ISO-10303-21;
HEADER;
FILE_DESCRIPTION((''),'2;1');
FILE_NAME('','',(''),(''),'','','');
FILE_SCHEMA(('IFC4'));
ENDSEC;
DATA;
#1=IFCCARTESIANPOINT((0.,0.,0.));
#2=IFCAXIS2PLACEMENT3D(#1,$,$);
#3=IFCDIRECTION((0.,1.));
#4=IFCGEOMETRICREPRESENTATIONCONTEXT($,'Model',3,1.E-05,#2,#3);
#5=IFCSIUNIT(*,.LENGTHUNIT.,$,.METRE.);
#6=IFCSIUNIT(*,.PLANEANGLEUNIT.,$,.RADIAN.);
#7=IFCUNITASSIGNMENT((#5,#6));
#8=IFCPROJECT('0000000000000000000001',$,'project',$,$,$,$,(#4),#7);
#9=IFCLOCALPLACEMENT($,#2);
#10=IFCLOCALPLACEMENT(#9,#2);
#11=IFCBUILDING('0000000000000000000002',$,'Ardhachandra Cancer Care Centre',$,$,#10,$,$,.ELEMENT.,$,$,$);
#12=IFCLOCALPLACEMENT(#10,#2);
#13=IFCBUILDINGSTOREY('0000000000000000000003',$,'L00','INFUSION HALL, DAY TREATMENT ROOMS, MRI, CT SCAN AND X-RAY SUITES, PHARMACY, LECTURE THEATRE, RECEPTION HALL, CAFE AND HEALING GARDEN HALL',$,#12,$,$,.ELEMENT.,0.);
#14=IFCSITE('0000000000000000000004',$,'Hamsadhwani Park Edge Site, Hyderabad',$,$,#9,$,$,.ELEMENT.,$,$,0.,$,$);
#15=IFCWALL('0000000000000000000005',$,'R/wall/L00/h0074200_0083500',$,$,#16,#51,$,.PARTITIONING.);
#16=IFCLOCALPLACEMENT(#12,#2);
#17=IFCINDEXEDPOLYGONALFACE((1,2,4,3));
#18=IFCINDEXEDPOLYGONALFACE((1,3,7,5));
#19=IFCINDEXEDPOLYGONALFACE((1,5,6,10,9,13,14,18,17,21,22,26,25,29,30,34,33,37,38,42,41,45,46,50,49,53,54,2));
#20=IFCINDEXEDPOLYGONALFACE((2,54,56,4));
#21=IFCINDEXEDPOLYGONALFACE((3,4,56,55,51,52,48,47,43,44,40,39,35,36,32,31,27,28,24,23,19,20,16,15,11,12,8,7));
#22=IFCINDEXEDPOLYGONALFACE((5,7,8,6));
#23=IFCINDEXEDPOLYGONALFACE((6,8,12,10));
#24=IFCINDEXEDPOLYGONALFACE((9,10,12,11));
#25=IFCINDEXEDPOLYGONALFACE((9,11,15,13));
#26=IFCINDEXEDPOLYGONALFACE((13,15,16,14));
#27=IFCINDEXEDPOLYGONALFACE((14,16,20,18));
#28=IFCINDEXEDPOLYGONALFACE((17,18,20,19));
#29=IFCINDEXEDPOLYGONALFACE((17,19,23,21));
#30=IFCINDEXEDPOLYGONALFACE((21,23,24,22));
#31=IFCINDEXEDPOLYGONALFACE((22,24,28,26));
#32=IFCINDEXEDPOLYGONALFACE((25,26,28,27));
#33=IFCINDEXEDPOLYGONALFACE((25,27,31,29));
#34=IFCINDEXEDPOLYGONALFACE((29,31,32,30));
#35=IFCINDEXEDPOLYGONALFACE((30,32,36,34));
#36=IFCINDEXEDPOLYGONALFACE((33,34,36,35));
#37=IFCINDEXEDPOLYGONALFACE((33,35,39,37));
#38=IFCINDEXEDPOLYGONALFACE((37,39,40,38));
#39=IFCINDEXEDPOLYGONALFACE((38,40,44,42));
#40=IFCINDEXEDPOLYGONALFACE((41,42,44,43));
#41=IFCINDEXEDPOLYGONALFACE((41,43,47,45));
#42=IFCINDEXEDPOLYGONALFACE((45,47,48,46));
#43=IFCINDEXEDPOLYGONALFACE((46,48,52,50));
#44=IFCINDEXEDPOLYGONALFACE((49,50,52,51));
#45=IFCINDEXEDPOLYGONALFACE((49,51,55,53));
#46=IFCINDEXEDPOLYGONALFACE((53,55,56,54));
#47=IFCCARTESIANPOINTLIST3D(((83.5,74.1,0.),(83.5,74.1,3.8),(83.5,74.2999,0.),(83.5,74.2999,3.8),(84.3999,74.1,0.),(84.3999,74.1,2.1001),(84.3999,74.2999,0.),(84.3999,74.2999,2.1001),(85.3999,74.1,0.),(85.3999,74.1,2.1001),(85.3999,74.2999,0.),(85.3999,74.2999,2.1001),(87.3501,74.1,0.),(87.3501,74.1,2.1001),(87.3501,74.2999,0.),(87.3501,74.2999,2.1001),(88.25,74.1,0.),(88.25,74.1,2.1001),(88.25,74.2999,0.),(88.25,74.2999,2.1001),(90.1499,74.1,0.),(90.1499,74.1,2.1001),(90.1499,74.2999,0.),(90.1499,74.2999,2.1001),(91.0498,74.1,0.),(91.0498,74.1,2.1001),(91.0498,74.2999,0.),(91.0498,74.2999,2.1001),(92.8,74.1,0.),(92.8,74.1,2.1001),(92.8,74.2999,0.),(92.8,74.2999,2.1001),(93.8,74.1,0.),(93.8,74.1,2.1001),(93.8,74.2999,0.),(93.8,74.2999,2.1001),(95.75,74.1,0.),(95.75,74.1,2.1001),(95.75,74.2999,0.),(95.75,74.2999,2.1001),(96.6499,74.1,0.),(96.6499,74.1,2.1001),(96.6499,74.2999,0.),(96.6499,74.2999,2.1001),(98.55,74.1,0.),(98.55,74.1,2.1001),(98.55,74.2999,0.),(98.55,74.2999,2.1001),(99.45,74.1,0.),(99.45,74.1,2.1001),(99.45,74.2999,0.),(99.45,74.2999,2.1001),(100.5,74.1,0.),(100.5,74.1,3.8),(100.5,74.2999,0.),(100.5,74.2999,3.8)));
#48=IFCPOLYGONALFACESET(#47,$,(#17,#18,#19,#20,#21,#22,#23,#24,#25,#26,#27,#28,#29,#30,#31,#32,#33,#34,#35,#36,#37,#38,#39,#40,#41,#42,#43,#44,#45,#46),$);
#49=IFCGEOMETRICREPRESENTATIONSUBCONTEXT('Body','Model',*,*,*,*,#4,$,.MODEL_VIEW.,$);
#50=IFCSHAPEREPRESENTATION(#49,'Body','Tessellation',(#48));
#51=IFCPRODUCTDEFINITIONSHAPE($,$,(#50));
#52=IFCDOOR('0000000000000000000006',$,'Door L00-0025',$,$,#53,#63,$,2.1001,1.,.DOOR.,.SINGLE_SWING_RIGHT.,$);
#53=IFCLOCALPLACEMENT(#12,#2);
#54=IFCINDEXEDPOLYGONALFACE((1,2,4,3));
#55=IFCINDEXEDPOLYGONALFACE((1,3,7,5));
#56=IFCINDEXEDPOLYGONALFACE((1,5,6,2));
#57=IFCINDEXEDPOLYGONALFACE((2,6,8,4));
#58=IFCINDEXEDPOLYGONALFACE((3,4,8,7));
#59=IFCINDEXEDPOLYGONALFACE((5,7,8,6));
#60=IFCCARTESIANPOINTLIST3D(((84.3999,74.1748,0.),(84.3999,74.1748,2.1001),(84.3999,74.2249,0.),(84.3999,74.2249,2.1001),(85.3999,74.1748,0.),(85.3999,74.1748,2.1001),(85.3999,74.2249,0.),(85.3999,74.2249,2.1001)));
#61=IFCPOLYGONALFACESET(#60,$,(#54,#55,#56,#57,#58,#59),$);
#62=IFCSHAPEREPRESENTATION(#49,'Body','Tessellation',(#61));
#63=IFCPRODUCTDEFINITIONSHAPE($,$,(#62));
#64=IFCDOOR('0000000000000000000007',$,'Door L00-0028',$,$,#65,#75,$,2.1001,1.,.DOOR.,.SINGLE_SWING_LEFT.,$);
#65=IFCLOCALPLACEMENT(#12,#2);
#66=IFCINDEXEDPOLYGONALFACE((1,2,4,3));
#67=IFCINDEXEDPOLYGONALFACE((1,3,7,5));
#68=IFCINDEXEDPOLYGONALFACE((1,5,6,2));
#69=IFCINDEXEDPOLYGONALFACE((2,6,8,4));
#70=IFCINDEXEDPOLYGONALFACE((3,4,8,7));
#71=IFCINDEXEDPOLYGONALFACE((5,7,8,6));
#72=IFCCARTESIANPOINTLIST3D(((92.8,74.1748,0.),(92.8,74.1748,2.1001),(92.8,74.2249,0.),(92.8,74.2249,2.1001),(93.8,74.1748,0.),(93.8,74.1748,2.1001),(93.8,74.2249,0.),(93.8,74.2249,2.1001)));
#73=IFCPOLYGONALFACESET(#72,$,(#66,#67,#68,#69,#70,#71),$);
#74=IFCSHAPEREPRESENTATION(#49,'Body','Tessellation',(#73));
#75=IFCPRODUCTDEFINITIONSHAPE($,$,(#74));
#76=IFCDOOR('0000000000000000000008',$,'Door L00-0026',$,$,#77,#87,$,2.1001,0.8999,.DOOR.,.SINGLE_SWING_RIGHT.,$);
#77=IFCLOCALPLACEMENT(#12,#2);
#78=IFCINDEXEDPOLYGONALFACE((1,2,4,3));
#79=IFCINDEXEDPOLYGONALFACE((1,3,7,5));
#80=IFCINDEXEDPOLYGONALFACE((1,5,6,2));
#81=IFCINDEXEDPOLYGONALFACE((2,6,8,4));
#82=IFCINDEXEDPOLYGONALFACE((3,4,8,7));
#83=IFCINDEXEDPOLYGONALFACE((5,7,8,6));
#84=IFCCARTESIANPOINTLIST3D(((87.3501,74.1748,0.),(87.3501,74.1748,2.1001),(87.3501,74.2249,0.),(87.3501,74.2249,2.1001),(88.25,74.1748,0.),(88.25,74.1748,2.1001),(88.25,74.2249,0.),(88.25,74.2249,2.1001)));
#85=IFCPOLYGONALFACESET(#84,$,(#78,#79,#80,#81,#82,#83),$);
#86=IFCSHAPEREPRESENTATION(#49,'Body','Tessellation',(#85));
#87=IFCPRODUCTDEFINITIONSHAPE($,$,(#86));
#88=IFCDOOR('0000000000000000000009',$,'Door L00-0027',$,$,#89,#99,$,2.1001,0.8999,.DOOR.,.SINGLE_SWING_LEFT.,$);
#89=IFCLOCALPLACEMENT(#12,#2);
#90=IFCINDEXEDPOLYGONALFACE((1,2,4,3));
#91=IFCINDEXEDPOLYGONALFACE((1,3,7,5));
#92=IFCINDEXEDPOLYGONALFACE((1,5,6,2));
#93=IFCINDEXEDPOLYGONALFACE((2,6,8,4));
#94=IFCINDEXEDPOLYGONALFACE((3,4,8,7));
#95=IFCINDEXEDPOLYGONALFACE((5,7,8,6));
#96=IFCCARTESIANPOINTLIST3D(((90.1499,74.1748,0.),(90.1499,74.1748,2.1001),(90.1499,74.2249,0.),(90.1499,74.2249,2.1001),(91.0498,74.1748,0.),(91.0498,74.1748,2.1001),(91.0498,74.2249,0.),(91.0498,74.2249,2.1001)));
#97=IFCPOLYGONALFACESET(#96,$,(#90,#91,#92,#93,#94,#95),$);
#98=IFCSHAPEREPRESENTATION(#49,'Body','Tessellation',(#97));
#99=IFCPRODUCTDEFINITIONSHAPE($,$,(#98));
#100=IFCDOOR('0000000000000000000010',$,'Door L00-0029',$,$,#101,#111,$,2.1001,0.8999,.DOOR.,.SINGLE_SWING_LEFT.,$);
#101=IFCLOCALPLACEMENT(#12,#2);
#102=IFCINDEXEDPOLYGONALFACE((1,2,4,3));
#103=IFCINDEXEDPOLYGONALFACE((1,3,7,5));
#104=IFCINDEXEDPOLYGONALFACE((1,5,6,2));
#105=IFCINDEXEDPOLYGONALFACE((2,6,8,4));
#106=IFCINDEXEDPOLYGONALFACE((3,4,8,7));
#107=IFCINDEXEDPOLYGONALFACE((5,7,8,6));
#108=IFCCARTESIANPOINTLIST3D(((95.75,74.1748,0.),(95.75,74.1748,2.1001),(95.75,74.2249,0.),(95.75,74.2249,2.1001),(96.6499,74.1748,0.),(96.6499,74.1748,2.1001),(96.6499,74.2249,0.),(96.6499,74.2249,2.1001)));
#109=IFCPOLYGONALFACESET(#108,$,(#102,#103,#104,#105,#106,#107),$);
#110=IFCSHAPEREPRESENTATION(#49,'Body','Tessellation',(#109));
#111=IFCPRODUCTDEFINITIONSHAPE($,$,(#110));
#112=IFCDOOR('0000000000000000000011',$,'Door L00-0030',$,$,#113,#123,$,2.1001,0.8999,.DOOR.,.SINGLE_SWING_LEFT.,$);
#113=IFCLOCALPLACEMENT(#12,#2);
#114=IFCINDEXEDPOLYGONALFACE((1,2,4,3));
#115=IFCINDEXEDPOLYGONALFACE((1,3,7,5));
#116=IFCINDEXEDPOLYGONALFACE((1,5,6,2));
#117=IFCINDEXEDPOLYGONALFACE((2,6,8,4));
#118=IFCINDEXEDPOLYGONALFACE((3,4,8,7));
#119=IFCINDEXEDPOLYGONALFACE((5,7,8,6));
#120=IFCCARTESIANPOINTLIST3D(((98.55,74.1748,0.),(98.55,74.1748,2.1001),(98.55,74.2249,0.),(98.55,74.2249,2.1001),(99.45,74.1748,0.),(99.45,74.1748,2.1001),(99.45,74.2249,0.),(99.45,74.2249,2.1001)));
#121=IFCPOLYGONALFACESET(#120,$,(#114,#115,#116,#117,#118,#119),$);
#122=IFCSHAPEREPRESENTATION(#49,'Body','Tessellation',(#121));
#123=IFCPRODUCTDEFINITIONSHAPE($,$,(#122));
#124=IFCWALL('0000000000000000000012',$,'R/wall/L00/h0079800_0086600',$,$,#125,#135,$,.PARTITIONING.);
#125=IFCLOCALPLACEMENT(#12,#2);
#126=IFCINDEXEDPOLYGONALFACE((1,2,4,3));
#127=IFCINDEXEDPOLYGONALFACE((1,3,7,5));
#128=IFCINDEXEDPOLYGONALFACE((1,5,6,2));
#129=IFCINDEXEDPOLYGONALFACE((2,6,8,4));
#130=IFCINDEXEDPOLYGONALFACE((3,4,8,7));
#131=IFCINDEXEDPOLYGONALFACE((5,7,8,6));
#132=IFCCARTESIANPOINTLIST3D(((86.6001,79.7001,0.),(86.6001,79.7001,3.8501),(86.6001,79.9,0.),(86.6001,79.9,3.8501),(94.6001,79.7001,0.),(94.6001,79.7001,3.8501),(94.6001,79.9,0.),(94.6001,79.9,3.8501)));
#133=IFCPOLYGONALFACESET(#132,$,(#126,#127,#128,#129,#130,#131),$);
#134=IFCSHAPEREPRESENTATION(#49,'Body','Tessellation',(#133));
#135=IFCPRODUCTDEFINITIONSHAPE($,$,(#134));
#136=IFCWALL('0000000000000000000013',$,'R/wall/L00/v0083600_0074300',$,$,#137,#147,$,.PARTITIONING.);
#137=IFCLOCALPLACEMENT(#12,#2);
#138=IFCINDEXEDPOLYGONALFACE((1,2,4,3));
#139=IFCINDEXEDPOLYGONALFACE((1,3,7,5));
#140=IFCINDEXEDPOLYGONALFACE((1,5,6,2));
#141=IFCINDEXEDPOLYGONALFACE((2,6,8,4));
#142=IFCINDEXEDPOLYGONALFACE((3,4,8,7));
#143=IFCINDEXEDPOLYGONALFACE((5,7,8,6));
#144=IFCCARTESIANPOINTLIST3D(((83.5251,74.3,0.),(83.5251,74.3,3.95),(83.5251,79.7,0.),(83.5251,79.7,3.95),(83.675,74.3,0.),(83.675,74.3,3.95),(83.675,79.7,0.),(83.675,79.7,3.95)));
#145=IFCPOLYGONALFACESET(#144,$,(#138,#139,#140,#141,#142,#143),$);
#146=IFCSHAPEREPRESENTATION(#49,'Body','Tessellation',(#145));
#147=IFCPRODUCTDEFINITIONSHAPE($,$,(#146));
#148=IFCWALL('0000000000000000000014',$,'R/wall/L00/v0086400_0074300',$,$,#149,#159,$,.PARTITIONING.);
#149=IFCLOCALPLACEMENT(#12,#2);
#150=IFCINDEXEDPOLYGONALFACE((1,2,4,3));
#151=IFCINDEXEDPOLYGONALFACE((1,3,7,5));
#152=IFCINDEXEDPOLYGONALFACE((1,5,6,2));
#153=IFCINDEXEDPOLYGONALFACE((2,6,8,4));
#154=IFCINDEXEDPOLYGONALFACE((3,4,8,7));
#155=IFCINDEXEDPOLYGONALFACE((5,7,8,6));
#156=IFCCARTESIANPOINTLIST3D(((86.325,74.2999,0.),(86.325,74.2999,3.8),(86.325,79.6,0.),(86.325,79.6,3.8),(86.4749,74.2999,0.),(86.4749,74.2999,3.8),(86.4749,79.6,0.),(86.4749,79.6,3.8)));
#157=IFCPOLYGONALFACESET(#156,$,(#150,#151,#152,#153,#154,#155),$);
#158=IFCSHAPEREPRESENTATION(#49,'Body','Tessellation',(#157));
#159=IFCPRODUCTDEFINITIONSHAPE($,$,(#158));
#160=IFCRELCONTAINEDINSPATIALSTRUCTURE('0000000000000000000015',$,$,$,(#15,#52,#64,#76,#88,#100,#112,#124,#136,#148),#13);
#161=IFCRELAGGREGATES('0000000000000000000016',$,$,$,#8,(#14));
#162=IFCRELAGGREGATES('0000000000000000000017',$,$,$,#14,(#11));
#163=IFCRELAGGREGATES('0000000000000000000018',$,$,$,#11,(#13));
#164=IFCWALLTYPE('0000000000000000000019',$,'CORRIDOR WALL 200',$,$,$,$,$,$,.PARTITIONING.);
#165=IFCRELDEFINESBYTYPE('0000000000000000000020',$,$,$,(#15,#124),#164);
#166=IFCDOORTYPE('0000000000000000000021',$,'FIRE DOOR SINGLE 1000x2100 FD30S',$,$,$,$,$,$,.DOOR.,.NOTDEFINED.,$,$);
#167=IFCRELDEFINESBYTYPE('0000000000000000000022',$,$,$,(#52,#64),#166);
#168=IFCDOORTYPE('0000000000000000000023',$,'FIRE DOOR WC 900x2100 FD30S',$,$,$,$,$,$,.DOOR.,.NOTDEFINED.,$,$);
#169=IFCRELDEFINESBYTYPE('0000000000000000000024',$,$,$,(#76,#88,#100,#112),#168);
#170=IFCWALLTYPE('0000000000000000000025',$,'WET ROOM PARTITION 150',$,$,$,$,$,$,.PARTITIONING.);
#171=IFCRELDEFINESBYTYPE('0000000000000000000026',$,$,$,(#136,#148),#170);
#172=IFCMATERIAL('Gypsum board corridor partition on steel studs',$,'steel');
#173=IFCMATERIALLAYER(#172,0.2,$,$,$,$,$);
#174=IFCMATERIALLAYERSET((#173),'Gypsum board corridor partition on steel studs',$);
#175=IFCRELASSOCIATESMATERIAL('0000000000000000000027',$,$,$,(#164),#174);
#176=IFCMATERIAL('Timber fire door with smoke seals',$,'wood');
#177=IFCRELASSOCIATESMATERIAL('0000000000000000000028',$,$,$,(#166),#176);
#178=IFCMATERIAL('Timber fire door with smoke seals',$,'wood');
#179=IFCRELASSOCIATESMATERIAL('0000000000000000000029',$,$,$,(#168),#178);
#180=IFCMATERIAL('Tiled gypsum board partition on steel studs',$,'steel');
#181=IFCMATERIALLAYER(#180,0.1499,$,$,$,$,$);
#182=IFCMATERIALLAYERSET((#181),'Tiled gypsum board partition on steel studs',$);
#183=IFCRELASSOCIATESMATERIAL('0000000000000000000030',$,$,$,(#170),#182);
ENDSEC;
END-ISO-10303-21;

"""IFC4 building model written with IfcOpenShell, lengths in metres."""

from ifc_helpers import new_model, si_unit, direction, frame, frame_2d, origin, place, context, subcontext, project, spatial, rectangle, extrude, material, layer, layer_set, type_object, element, fill, save


model = new_model("IFC4")

# Units and contexts
model_context = context("Model", 3, precision=1e-05, world=origin(), true_north=direction((0.0, 1.0)))
body_context = subcontext(model_context, "Body", "Model", "MODEL_VIEW")
ifc_project = project(units=[si_unit("LENGTHUNIT", "METRE"), si_unit("PLANEANGLEUNIT", "RADIAN")], contexts=[model_context])

# Site, building, storey
site_placement = place(None, origin())
site = spatial("IfcSite", under=ifc_project, at=site_placement, Name="Hamsadhwani Park Edge Site, Hyderabad", CompositionType="ELEMENT", RefElevation=0.0)
building_placement = place(site_placement, origin())
building = spatial("IfcBuilding", under=site, at=building_placement, Name="Ardhachandra Cancer Care Centre", CompositionType="ELEMENT")
storey_placement = place(building_placement, origin())
storey = spatial("IfcBuildingStorey", under=building, at=storey_placement, Name="L00", Description="INFUSION HALL, DAY TREATMENT ROOMS, MRI, CT SCAN AND X-RAY SUITES, PHARMACY, LECTURE THEATRE, RECEPTION HALL, CAFE AND HEALING GARDEN HALL", CompositionType="ELEMENT", Elevation=0.0)

# Wall, openings, doors
ifc_material_1 = material(Name="Gypsum board corridor partition on steel studs", Category="steel")
ifc_layer_1 = layer(ifc_material_1, 0.2)
ifc_layer_set_1 = layer_set([ifc_layer_1], Name="Gypsum board corridor partition on steel studs")
wall_type_1 = type_object("IfcWallType", Name="CORRIDOR WALL 200", PredefinedType="PARTITIONING", material=ifc_layer_set_1)
wall_1_placement = place(storey_placement, frame((83.5, 74.2, 0.0), z_axis=(0.0, 0.0, 1.0), x_axis=(1.0, 0.0, 0.0)))
wall_1 = element("IfcWall", 1, at=wall_1_placement, inside=storey, type_object=wall_type_1, Name="R/wall/L00/h0074200_0083500", PredefinedType="PARTITIONING", context=body_context, shape_type="SweptSolid", body=[
    extrude(rectangle(XDim=17.0, YDim=0.2, at=frame_2d((8.5, 0.0))), origin(), (0.0, 0.0, 1.0), 3.8),
])
opening_1_placement = place(wall_1_placement, frame((0.8999, 0.0, 0.0)))
opening_1 = element("IfcOpeningElement", 2, at=opening_1_placement, cuts=wall_1, PredefinedType="OPENING", context=body_context, shape_type="SweptSolid", body=[
    extrude(rectangle(XDim=1.0, YDim=2.1001, at=frame_2d((0.5, 1.05))), frame((0.0, 0.1099, 0.0), z_axis=(0.0, -1.0, 0.0), x_axis=(1.0, 0.0, 0.0)), (0.0, 0.0, 1.0), 0.22),
])
opening_2_placement = place(wall_1_placement, frame((3.8501, 0.0, 0.0)))
opening_2 = element("IfcOpeningElement", 3, at=opening_2_placement, cuts=wall_1, PredefinedType="OPENING", context=body_context, shape_type="SweptSolid", body=[
    extrude(rectangle(XDim=0.8999, YDim=2.1001, at=frame_2d((0.45, 1.05))), frame((0.0, 0.1099, 0.0), z_axis=(0.0, -1.0, 0.0), x_axis=(1.0, 0.0, 0.0)), (0.0, 0.0, 1.0), 0.22),
])
opening_3_placement = place(wall_1_placement, frame((6.6499, 0.0, 0.0)))
opening_3 = element("IfcOpeningElement", 4, at=opening_3_placement, cuts=wall_1, PredefinedType="OPENING", context=body_context, shape_type="SweptSolid", body=[
    extrude(rectangle(XDim=0.8999, YDim=2.1001, at=frame_2d((0.45, 1.05))), frame((0.0, 0.1099, 0.0), z_axis=(0.0, -1.0, 0.0), x_axis=(1.0, 0.0, 0.0)), (0.0, 0.0, 1.0), 0.22),
])
opening_4_placement = place(wall_1_placement, frame((9.3, 0.0, 0.0)))
opening_4 = element("IfcOpeningElement", 5, at=opening_4_placement, cuts=wall_1, PredefinedType="OPENING", context=body_context, shape_type="SweptSolid", body=[
    extrude(rectangle(XDim=1.0, YDim=2.1001, at=frame_2d((0.5, 1.05))), frame((0.0, 0.1099, 0.0), z_axis=(0.0, -1.0, 0.0), x_axis=(1.0, 0.0, 0.0)), (0.0, 0.0, 1.0), 0.22),
])
opening_5_placement = place(wall_1_placement, frame((12.25, 0.0, 0.0)))
opening_5 = element("IfcOpeningElement", 6, at=opening_5_placement, cuts=wall_1, PredefinedType="OPENING", context=body_context, shape_type="SweptSolid", body=[
    extrude(rectangle(XDim=0.8999, YDim=2.1001, at=frame_2d((0.45, 1.05))), frame((0.0, 0.1099, 0.0), z_axis=(0.0, -1.0, 0.0), x_axis=(1.0, 0.0, 0.0)), (0.0, 0.0, 1.0), 0.22),
])
opening_6_placement = place(wall_1_placement, frame((15.05, 0.0, 0.0)))
opening_6 = element("IfcOpeningElement", 7, at=opening_6_placement, cuts=wall_1, PredefinedType="OPENING", context=body_context, shape_type="SweptSolid", body=[
    extrude(rectangle(XDim=0.8999, YDim=2.1001, at=frame_2d((0.45, 1.05))), frame((0.0, 0.1099, 0.0), z_axis=(0.0, -1.0, 0.0), x_axis=(1.0, 0.0, 0.0)), (0.0, 0.0, 1.0), 0.22),
])
ifc_material_2 = material(Name="Timber fire door with smoke seals", Category="wood")
door_type_1 = type_object("IfcDoorType", Name="FIRE DOOR SINGLE 1000x2100 FD30S", OperationType="NOTDEFINED", PredefinedType="DOOR", material=ifc_material_2)
door_1_placement = place(opening_1_placement, origin())
door_1 = element("IfcDoor", 8, at=door_1_placement, inside=storey, type_object=door_type_1, Name="Door L00-0025", OperationType="SINGLE_SWING_RIGHT", OverallHeight=2.1001, OverallWidth=1.0, PredefinedType="DOOR", context=body_context, shape_type="SweptSolid", body=[
    extrude(rectangle(XDim=1.0, YDim=2.1001, at=frame_2d((0.5, 1.05))), frame((0.0, 0.0249, 0.0), z_axis=(0.0, -1.0, 0.0), x_axis=(1.0, 0.0, 0.0)), (0.0, 0.0, 1.0), 0.05),
])
fill(opening_1, door_1)
door_2_placement = place(opening_4_placement, origin())
door_2 = element("IfcDoor", 9, at=door_2_placement, inside=storey, type_object=door_type_1, Name="Door L00-0028", OperationType="SINGLE_SWING_LEFT", OverallHeight=2.1001, OverallWidth=1.0, PredefinedType="DOOR", context=body_context, shape_type="SweptSolid", body=[
    extrude(rectangle(XDim=1.0, YDim=2.1001, at=frame_2d((0.5, 1.05))), frame((0.0, 0.0249, 0.0), z_axis=(0.0, -1.0, 0.0), x_axis=(1.0, 0.0, 0.0)), (0.0, 0.0, 1.0), 0.05),
])
fill(opening_4, door_2)
ifc_material_3 = material(Name="Timber fire door with smoke seals", Category="wood")
door_type_2 = type_object("IfcDoorType", Name="FIRE DOOR WC 900x2100 FD30S", OperationType="NOTDEFINED", PredefinedType="DOOR", material=ifc_material_3)
door_3_placement = place(opening_2_placement, origin())
door_3 = element("IfcDoor", 10, at=door_3_placement, inside=storey, type_object=door_type_2, Name="Door L00-0026", OperationType="SINGLE_SWING_RIGHT", OverallHeight=2.1001, OverallWidth=0.8999, PredefinedType="DOOR", context=body_context, shape_type="SweptSolid", body=[
    extrude(rectangle(XDim=0.8999, YDim=2.1001, at=frame_2d((0.45, 1.05))), frame((0.0, 0.0249, 0.0), z_axis=(0.0, -1.0, 0.0), x_axis=(1.0, 0.0, 0.0)), (0.0, 0.0, 1.0), 0.05),
])
fill(opening_2, door_3)
door_4_placement = place(opening_3_placement, origin())
door_4 = element("IfcDoor", 11, at=door_4_placement, inside=storey, type_object=door_type_2, Name="Door L00-0027", OperationType="SINGLE_SWING_LEFT", OverallHeight=2.1001, OverallWidth=0.8999, PredefinedType="DOOR", context=body_context, shape_type="SweptSolid", body=[
    extrude(rectangle(XDim=0.8999, YDim=2.1001, at=frame_2d((0.45, 1.05))), frame((0.0, 0.0249, 0.0), z_axis=(0.0, -1.0, 0.0), x_axis=(1.0, 0.0, 0.0)), (0.0, 0.0, 1.0), 0.05),
])
fill(opening_3, door_4)
door_5_placement = place(opening_5_placement, origin())
door_5 = element("IfcDoor", 12, at=door_5_placement, inside=storey, type_object=door_type_2, Name="Door L00-0029", OperationType="SINGLE_SWING_LEFT", OverallHeight=2.1001, OverallWidth=0.8999, PredefinedType="DOOR", context=body_context, shape_type="SweptSolid", body=[
    extrude(rectangle(XDim=0.8999, YDim=2.1001, at=frame_2d((0.45, 1.05))), frame((0.0, 0.0249, 0.0), z_axis=(0.0, -1.0, 0.0), x_axis=(1.0, 0.0, 0.0)), (0.0, 0.0, 1.0), 0.05),
])
fill(opening_5, door_5)
door_6_placement = place(opening_6_placement, origin())
door_6 = element("IfcDoor", 13, at=door_6_placement, inside=storey, type_object=door_type_2, Name="Door L00-0030", OperationType="SINGLE_SWING_LEFT", OverallHeight=2.1001, OverallWidth=0.8999, PredefinedType="DOOR", context=body_context, shape_type="SweptSolid", body=[
    extrude(rectangle(XDim=0.8999, YDim=2.1001, at=frame_2d((0.45, 1.05))), frame((0.0, 0.0249, 0.0), z_axis=(0.0, -1.0, 0.0), x_axis=(1.0, 0.0, 0.0)), (0.0, 0.0, 1.0), 0.05),
])
fill(opening_6, door_6)

# Walls
wall_2_placement = place(storey_placement, frame((86.6001, 79.8, 0.0), z_axis=(0.0, 0.0, 1.0), x_axis=(1.0, 0.0, 0.0)))
element("IfcWall", 14, at=wall_2_placement, inside=storey, type_object=wall_type_1, Name="R/wall/L00/h0079800_0086600", PredefinedType="PARTITIONING", context=body_context, shape_type="SweptSolid", body=[
    extrude(rectangle(XDim=8.0, YDim=0.2, at=frame_2d((4.0, 0.0))), origin(), (0.0, 0.0, 1.0), 3.8501),
])
ifc_material_4 = material(Name="Tiled gypsum board partition on steel studs", Category="steel")
ifc_layer_2 = layer(ifc_material_4, 0.1499)
ifc_layer_set_2 = layer_set([ifc_layer_2], Name="Tiled gypsum board partition on steel studs")
wall_type_2 = type_object("IfcWallType", Name="WET ROOM PARTITION 150", PredefinedType="PARTITIONING", material=ifc_layer_set_2)
wall_3_placement = place(storey_placement, frame((83.6001, 74.3, 0.0), z_axis=(0.0, 0.0, 1.0), x_axis=(0.0, 1.0, 0.0)))
element("IfcWall", 15, at=wall_3_placement, inside=storey, type_object=wall_type_2, Name="R/wall/L00/v0083600_0074300", PredefinedType="PARTITIONING", context=body_context, shape_type="SweptSolid", body=[
    extrude(rectangle(XDim=5.3999, YDim=0.1499, at=frame_2d((2.7, 0.0))), origin(), (0.0, 0.0, 1.0), 3.95),
])
wall_4_placement = place(storey_placement, frame((86.3999, 74.3, 0.0), z_axis=(0.0, 0.0, 1.0), x_axis=(0.0, 1.0, 0.0)))
element("IfcWall", 16, at=wall_4_placement, inside=storey, type_object=wall_type_2, Name="R/wall/L00/v0086400_0074300", PredefinedType="PARTITIONING", context=body_context, shape_type="SweptSolid", body=[
    extrude(rectangle(XDim=5.3, YDim=0.1499, at=frame_2d((2.6499, 0.0))), origin(), (0.0, 0.0, 1.0), 3.8),
])

save(model, "model.ifc")
